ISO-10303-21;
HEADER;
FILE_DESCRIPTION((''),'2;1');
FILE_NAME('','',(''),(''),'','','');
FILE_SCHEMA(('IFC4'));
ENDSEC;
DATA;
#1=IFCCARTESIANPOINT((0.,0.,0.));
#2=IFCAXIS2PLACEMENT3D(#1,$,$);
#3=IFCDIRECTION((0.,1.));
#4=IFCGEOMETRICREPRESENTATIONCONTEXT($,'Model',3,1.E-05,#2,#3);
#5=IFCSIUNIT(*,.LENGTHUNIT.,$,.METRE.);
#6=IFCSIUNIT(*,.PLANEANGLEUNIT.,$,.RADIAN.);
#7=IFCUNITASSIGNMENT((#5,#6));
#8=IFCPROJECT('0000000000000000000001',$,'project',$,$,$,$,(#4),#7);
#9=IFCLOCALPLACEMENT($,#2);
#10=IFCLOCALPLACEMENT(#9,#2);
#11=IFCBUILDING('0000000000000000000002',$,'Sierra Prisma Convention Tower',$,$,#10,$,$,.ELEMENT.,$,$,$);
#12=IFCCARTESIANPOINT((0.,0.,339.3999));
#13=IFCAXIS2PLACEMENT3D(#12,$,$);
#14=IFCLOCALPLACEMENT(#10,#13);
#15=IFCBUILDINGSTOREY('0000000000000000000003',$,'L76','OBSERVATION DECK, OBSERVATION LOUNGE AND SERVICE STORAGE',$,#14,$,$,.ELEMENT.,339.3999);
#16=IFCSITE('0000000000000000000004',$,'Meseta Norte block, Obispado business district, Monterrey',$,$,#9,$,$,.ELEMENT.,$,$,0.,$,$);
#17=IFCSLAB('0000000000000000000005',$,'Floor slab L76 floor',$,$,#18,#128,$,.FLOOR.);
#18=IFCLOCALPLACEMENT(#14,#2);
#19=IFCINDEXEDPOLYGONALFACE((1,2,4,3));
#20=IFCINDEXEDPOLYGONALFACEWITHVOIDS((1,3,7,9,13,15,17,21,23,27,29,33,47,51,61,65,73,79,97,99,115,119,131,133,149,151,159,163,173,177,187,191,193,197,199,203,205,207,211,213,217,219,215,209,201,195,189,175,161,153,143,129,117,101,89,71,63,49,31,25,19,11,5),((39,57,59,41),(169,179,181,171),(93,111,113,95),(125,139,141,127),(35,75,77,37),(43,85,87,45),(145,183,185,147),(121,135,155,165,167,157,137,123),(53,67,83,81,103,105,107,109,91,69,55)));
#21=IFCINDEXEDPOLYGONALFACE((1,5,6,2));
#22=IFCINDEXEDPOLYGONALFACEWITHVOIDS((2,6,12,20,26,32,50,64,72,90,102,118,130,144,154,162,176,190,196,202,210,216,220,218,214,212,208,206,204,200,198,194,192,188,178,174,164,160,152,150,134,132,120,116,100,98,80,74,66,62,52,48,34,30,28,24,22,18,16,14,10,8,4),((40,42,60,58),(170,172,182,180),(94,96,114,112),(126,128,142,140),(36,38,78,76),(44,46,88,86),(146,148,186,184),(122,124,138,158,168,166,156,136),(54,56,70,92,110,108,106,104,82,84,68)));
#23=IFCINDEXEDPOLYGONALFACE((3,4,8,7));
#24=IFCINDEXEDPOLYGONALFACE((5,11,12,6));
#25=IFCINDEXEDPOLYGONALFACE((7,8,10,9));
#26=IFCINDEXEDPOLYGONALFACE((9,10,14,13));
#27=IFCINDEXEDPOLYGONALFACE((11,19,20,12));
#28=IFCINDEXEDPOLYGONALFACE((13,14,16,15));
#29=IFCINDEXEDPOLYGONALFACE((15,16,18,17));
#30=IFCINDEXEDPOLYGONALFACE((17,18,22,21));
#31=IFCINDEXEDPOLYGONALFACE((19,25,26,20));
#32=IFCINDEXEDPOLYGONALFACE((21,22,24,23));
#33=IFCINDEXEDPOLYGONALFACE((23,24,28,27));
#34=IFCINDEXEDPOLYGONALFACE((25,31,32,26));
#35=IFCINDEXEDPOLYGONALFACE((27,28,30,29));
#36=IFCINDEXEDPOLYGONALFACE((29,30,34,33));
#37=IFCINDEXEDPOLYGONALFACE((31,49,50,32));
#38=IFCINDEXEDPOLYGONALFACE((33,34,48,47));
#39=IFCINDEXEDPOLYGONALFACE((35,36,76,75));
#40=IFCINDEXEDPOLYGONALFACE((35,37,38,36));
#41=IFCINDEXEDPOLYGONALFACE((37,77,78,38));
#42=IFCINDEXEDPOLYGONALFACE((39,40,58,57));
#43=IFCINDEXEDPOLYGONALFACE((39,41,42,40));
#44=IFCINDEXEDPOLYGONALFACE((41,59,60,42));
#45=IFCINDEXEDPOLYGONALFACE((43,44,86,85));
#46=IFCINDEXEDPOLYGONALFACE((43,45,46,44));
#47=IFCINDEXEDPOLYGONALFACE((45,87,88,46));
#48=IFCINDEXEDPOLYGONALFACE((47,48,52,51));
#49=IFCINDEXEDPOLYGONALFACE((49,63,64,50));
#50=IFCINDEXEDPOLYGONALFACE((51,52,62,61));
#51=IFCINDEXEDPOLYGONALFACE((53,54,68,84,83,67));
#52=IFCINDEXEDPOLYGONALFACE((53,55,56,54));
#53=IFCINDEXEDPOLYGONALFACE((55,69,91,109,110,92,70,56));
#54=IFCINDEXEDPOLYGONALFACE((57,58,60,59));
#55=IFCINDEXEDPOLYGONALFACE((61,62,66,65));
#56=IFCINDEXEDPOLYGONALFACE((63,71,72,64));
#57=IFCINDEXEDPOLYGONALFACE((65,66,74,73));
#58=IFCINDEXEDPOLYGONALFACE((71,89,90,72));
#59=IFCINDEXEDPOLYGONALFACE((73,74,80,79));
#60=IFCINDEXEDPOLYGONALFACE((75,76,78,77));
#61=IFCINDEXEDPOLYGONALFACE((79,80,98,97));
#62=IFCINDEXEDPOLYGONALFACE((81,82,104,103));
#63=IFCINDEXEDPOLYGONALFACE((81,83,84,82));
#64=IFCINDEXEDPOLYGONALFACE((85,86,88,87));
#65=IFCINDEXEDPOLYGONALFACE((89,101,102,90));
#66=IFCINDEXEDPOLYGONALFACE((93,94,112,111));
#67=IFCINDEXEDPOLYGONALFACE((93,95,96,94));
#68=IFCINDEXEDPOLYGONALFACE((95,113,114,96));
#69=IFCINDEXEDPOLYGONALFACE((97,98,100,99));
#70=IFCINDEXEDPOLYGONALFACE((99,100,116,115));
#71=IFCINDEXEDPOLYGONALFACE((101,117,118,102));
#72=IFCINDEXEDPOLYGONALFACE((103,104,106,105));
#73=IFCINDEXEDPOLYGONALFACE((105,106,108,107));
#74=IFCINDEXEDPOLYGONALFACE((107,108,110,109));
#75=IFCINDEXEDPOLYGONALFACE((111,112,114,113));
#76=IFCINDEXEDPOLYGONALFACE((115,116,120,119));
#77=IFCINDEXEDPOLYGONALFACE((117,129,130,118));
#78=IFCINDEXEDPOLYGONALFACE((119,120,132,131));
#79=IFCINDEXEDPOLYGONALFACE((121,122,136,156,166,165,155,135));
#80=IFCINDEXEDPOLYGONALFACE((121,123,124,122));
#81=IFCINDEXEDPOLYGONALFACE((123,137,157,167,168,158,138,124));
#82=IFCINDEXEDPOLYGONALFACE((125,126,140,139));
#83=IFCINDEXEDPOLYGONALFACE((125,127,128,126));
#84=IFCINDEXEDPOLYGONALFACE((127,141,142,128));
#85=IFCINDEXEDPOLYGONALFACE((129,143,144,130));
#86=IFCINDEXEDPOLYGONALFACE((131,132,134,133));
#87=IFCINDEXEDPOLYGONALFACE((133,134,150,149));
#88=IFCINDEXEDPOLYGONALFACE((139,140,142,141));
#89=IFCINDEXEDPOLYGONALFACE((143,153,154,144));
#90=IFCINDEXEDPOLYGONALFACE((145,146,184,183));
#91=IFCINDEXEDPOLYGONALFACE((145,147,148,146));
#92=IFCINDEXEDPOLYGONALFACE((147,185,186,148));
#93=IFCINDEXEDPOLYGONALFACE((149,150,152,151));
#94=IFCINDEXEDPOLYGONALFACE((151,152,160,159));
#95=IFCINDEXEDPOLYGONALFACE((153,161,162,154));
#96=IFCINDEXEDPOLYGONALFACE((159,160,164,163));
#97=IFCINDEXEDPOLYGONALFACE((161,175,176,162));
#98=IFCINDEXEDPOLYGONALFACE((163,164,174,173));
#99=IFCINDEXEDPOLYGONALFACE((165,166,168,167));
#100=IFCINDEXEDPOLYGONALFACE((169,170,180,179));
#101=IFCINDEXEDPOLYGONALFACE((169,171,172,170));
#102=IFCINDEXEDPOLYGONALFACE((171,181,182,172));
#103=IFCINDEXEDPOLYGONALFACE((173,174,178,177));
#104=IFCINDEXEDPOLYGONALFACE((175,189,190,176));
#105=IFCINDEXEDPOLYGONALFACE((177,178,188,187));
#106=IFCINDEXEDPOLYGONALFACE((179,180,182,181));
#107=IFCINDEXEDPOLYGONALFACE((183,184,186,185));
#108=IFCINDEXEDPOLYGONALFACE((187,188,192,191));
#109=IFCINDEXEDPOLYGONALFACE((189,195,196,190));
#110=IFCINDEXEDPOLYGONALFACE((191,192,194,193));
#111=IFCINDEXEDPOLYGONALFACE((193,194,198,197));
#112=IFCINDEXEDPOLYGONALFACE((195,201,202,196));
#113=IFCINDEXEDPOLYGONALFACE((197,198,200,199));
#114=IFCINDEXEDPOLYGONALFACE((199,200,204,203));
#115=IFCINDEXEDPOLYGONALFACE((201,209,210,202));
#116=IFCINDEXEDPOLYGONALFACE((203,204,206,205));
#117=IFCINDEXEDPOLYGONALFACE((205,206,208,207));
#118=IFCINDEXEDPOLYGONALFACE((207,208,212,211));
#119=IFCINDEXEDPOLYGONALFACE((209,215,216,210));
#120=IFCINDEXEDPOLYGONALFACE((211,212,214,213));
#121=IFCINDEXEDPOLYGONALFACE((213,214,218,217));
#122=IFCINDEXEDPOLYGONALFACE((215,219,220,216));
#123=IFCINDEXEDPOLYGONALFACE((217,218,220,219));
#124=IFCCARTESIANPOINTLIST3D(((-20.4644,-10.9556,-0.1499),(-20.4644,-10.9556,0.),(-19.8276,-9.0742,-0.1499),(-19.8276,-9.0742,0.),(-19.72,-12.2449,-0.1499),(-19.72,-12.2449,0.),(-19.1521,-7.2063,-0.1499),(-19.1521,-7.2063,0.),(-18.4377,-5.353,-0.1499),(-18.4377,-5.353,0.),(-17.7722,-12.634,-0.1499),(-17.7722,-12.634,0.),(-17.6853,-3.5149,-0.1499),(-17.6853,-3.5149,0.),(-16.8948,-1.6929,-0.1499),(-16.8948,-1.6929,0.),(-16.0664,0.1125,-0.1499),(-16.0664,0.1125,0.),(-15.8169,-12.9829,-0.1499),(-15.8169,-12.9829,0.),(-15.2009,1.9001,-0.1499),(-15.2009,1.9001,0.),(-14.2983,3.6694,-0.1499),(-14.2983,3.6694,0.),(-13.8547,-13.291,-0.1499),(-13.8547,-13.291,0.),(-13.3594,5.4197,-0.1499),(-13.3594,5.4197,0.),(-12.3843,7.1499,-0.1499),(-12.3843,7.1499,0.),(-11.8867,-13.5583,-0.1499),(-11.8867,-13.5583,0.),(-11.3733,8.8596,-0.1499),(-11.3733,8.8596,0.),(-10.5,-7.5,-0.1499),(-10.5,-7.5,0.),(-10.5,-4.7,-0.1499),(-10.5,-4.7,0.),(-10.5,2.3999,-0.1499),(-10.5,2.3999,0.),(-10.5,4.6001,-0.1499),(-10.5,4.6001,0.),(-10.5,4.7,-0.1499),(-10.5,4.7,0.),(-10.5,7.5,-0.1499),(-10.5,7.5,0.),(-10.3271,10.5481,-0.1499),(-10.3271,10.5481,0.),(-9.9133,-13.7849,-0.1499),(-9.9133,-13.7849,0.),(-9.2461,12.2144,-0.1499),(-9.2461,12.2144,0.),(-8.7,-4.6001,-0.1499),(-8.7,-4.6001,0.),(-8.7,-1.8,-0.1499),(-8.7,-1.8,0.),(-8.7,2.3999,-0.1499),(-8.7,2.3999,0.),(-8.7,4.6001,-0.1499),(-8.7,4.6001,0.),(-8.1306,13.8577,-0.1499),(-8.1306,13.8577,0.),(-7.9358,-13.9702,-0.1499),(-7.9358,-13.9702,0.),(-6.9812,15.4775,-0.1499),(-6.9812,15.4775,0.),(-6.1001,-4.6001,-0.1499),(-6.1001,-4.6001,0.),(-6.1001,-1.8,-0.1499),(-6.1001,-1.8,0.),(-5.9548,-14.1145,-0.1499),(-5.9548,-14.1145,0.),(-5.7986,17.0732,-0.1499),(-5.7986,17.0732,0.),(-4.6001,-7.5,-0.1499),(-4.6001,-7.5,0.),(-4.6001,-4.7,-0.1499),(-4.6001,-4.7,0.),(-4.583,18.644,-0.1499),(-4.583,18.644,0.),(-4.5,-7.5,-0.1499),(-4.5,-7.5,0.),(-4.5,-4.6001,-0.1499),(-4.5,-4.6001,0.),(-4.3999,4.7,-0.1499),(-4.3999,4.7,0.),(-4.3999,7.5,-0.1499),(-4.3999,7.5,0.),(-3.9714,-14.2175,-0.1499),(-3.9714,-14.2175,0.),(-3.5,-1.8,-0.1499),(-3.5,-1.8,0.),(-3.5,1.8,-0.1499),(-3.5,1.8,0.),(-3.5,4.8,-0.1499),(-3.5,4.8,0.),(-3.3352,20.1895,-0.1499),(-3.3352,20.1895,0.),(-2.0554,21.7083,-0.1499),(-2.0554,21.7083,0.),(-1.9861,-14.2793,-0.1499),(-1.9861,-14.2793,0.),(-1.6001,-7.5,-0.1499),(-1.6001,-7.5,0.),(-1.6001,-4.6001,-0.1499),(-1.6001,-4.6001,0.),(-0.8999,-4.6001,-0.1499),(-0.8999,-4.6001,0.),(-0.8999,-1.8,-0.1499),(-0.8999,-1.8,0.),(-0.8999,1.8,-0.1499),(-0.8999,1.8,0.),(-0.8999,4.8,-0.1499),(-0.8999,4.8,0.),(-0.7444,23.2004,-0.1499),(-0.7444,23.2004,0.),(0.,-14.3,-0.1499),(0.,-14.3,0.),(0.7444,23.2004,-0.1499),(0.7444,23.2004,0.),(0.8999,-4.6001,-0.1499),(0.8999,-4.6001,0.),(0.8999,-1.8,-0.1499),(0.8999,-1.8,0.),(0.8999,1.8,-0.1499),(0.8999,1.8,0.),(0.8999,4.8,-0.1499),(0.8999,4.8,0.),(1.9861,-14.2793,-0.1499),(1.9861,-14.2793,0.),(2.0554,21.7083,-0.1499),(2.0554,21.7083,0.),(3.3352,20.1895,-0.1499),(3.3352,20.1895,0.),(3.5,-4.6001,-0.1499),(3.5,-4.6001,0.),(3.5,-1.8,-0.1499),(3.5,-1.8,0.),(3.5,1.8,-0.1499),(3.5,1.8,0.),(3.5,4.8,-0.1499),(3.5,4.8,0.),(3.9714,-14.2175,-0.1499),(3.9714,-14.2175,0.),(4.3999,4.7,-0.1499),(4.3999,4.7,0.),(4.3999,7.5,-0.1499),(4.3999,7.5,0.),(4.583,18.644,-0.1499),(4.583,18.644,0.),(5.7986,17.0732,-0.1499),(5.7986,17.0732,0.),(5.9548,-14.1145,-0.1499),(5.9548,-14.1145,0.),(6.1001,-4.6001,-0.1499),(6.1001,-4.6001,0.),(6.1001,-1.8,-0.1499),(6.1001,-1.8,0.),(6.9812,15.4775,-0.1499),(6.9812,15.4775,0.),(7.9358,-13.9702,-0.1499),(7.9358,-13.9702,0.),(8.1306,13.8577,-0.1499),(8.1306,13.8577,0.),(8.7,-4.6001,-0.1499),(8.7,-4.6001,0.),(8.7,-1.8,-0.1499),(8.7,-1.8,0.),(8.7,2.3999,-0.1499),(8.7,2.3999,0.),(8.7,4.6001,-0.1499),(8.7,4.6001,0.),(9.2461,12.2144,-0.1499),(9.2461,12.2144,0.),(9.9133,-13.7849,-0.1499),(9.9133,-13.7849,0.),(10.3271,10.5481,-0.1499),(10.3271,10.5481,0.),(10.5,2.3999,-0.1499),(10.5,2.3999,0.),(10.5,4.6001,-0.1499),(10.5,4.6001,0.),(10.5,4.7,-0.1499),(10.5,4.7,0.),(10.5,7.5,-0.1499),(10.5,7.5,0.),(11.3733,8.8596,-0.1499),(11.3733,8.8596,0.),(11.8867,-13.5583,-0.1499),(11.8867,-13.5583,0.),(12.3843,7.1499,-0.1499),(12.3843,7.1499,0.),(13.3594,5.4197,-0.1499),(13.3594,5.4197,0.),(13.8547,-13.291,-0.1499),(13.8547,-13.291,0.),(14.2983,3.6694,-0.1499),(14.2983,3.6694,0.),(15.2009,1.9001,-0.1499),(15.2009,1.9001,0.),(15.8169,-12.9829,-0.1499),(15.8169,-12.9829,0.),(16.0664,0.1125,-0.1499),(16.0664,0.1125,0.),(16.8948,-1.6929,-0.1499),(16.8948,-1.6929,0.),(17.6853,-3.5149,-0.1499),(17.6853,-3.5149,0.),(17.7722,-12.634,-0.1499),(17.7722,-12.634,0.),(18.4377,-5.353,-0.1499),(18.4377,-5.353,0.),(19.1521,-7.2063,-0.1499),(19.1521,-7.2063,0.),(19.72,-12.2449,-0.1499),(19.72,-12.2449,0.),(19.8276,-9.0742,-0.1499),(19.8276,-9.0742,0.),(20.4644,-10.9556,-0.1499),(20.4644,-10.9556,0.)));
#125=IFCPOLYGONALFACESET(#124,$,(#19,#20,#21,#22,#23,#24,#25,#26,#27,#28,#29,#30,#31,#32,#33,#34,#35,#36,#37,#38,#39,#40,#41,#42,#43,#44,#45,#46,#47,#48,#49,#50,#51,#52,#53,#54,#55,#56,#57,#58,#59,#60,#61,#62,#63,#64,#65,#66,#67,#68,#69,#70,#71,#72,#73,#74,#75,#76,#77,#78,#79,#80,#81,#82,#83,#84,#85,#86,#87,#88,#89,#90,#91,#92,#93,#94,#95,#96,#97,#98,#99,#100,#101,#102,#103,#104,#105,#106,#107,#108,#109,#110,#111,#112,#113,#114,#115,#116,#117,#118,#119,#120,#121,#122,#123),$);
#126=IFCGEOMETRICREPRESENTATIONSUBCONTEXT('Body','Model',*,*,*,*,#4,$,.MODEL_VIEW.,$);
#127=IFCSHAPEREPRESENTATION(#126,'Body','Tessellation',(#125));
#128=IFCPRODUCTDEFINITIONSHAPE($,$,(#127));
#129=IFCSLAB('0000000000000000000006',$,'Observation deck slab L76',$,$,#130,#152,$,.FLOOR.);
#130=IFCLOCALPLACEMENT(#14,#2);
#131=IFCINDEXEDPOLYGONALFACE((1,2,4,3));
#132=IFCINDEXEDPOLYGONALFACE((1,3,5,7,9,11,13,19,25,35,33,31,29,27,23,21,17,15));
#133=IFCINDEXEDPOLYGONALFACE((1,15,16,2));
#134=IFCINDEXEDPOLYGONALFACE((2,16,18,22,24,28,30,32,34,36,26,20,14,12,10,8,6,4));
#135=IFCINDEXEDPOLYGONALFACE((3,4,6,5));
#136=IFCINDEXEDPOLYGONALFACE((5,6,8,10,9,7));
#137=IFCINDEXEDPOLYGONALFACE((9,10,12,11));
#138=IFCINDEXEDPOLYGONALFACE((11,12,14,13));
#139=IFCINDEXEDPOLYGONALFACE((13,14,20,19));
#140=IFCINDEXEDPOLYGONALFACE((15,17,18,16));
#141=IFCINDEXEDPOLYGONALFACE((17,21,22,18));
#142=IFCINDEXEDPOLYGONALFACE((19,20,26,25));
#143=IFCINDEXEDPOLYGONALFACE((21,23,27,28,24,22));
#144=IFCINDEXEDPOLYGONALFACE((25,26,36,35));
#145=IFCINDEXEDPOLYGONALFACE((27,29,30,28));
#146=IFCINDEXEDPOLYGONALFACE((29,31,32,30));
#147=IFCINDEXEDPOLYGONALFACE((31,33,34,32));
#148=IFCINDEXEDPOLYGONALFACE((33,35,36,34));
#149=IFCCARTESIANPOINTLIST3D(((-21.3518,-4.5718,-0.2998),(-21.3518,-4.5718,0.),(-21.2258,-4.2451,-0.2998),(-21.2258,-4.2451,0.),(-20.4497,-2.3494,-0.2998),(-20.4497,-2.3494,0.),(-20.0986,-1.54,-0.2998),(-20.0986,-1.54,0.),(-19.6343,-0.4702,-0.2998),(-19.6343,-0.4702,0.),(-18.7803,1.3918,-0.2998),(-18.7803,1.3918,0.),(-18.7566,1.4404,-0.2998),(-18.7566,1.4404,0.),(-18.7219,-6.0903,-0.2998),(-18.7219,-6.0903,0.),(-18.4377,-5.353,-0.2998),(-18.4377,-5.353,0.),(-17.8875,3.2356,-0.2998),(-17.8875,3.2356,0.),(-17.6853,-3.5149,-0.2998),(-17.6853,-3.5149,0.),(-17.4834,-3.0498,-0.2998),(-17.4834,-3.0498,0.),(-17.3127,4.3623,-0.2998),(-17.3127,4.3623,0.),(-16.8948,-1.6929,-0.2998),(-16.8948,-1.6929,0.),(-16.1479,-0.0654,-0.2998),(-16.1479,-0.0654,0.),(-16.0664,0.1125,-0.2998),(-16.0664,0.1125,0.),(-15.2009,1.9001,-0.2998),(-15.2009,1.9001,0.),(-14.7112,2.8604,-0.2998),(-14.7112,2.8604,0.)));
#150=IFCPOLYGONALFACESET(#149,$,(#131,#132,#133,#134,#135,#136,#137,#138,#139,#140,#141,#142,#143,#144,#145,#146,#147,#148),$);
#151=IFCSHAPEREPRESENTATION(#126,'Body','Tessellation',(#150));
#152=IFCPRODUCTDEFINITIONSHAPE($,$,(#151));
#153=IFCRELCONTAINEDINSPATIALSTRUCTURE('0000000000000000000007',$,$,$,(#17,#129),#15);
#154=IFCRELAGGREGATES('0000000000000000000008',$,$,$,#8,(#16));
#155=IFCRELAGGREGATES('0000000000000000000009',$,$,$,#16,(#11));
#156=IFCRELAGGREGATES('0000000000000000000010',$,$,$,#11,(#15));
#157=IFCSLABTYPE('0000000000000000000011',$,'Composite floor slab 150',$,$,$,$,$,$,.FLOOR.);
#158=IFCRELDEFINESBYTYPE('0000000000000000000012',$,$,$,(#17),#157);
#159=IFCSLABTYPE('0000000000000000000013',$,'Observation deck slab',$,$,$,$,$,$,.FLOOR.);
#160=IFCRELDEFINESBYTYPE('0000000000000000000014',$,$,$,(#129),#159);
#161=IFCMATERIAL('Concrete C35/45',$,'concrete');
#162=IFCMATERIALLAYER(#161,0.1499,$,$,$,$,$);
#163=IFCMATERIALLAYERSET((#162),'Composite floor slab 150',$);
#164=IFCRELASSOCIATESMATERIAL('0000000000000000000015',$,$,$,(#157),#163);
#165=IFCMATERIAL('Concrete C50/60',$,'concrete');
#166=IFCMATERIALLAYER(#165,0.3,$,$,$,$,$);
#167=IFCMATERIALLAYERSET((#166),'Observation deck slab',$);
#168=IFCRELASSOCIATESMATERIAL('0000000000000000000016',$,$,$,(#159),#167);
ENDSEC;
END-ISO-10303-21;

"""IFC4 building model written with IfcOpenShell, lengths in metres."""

from ifc_helpers import new_model, si_unit, direction, frame, origin, place, context, subcontext, project, spatial, polyline, outline, extrude, material, layer, layer_set, type_object, element, save


model = new_model("IFC4")

# Units and contexts
model_context = context("Model", 3, precision=1e-05, world=origin(), true_north=direction((0.0, 1.0)))
body_context = subcontext(model_context, "Body", "Model", "MODEL_VIEW")
ifc_project = project(units=[si_unit("LENGTHUNIT", "METRE"), si_unit("PLANEANGLEUNIT", "RADIAN")], contexts=[model_context])

# Site, building, storey
site_placement = place(None, origin())
site = spatial("IfcSite", under=ifc_project, at=site_placement, Name="Meseta Norte block, Obispado business district, Monterrey", CompositionType="ELEMENT", RefElevation=0.0)
building_placement = place(site_placement, origin())
building = spatial("IfcBuilding", under=site, at=building_placement, Name="Sierra Prisma Convention Tower", CompositionType="ELEMENT")
storey_placement = place(building_placement, frame((0.0, 0.0, 339.3999)))
storey = spatial("IfcBuildingStorey", under=building, at=storey_placement, Name="L76", Description="OBSERVATION DECK, OBSERVATION LOUNGE AND SERVICE STORAGE", CompositionType="ELEMENT", Elevation=339.3999)

# Slabs
ifc_material_1 = material(Name="Concrete C35/45", Category="concrete")
ifc_layer_1 = layer(ifc_material_1, 0.1499)
ifc_layer_set_1 = layer_set([ifc_layer_1], Name="Composite floor slab 150")
slab_type_1 = type_object("IfcSlabType", Name="Composite floor slab 150", PredefinedType="FLOOR", material=ifc_layer_set_1)
slab_1_placement = place(storey_placement, frame((0.0, 0.0, -0.1499)))
element("IfcSlab", 1, at=slab_1_placement, inside=storey, type_object=slab_type_1, Name="Floor slab L76 floor", PredefinedType="FLOOR", context=body_context, shape_type="SweptSolid", body=[
    extrude(outline(polyline([(-19.72, -12.2449), (-17.7722, -12.634), (-15.8169, -12.9829), (-13.8547, -13.291), (-11.8867, -13.5583), (-9.9133, -13.7849), (-7.9358, -13.9702), (-5.9548, -14.1145), (-3.9714, -14.2175), (-1.9861, -14.2793), (0.0, -14.3), (1.9861, -14.2793), (3.9714, -14.2175), (5.9548, -14.1145), (7.9358, -13.9702), (9.9133, -13.7849), (11.8867, -13.5583), (13.8547, -13.291), (15.8169, -12.9829), (17.7722, -12.634), (19.72, -12.2449), (20.4644, -10.9556), (19.8276, -9.0742), (19.1521, -7.2063), (18.4377, -5.353), (17.6853, -3.5149), (16.8948, -1.6929), (16.0664, 0.1125), (15.2009, 1.9001), (14.2983, 3.6694), (13.3594, 5.4197), (12.3843, 7.1499), (11.3733, 8.8596), (10.3271, 10.5481), (9.2461, 12.2144), (8.1306, 13.8577), (6.9812, 15.4775), (5.7986, 17.0732), (4.583, 18.644), (3.3352, 20.1895), (2.0554, 21.7083), (0.7444, 23.2004), (-0.7444, 23.2004), (-2.0554, 21.7083), (-3.3352, 20.1895), (-4.583, 18.644), (-5.7986, 17.0732), (-6.9812, 15.4775), (-8.1306, 13.8577), (-9.2461, 12.2144), (-10.3271, 10.5481), (-11.3733, 8.8596), (-12.3843, 7.1499), (-13.3594, 5.4197), (-14.2983, 3.6694), (-15.2009, 1.9001), (-16.0664, 0.1125), (-16.8948, -1.6929), (-17.6853, -3.5149), (-18.4377, -5.353), (-19.1521, -7.2063), (-19.8276, -9.0742), (-20.4644, -10.9556), (-19.72, -12.2449)]), holes=[polyline([(-4.6001, -4.7), (-4.6001, -7.5), (-10.5, -7.5), (-10.5, -4.7), (-4.6001, -4.7)]), polyline([(-4.5, -7.5), (-4.5, -4.6001), (-6.1001, -4.6001), (-8.7, -4.6001), (-8.7, -1.8), (-6.1001, -1.8), (-3.5, -1.8), (-0.8999, -1.8), (-0.8999, -4.6001), (-1.6001, -4.6001), (-1.6001, -7.5), (-4.5, -7.5)]), polyline([(-8.7, 2.3999), (-10.5, 2.3999), (-10.5, 4.6001), (-8.7, 4.6001), (-8.7, 2.3999)]), polyline([(-4.3999, 4.7), (-10.5, 4.7), (-10.5, 7.5), (-4.3999, 7.5), (-4.3999, 4.7)]), polyline([(3.5, -1.8), (6.1001, -1.8), (8.7, -1.8), (8.7, -4.6001), (6.1001, -4.6001), (3.5, -4.6001), (0.8999, -4.6001), (0.8999, -1.8), (3.5, -1.8)]), polyline([(-0.8999, 1.8), (-3.5, 1.8), (-3.5, 4.8), (-0.8999, 4.8), (-0.8999, 1.8)]), polyline([(3.5, 1.8), (0.8999, 1.8), (0.8999, 4.8), (3.5, 4.8), (3.5, 1.8)]), polyline([(10.5, 2.3999), (8.7, 2.3999), (8.7, 4.6001), (10.5, 4.6001), (10.5, 2.3999)]), polyline([(10.5, 4.7), (4.3999, 4.7), (4.3999, 7.5), (10.5, 7.5), (10.5, 4.7)])]), origin(), (0.0, 0.0, 1.0), 0.1499),
])
ifc_material_2 = material(Name="Concrete C50/60", Category="concrete")
ifc_layer_2 = layer(ifc_material_2, 0.3)
ifc_layer_set_2 = layer_set([ifc_layer_2], Name="Observation deck slab")
slab_type_2 = type_object("IfcSlabType", Name="Observation deck slab", PredefinedType="FLOOR", material=ifc_layer_set_2)
slab_2_placement = place(storey_placement, frame((0.0, 0.0, -0.2998)))
element("IfcSlab", 2, at=slab_2_placement, inside=storey, type_object=slab_type_2, Name="Observation deck slab L76", PredefinedType="FLOOR", context=body_context, shape_type="SweptSolid", body=[
    extrude(outline(polyline([(-20.4497, -2.3494), (-20.0986, -1.54), (-19.6343, -0.4702), (-18.7803, 1.3918), (-18.7566, 1.4404), (-17.8875, 3.2356), (-17.3127, 4.3623), (-14.7112, 2.8604), (-15.2009, 1.9001), (-16.0664, 0.1125), (-16.1479, -0.0654), (-16.8948, -1.6929), (-17.4834, -3.0498), (-17.6853, -3.5149), (-18.4377, -5.353), (-18.7219, -6.0903), (-21.3518, -4.5718), (-21.2258, -4.2451), (-20.4497, -2.3494)])), origin(), (0.0, 0.0, 1.0), 0.2998),
])

save(model, "model.ifc")
